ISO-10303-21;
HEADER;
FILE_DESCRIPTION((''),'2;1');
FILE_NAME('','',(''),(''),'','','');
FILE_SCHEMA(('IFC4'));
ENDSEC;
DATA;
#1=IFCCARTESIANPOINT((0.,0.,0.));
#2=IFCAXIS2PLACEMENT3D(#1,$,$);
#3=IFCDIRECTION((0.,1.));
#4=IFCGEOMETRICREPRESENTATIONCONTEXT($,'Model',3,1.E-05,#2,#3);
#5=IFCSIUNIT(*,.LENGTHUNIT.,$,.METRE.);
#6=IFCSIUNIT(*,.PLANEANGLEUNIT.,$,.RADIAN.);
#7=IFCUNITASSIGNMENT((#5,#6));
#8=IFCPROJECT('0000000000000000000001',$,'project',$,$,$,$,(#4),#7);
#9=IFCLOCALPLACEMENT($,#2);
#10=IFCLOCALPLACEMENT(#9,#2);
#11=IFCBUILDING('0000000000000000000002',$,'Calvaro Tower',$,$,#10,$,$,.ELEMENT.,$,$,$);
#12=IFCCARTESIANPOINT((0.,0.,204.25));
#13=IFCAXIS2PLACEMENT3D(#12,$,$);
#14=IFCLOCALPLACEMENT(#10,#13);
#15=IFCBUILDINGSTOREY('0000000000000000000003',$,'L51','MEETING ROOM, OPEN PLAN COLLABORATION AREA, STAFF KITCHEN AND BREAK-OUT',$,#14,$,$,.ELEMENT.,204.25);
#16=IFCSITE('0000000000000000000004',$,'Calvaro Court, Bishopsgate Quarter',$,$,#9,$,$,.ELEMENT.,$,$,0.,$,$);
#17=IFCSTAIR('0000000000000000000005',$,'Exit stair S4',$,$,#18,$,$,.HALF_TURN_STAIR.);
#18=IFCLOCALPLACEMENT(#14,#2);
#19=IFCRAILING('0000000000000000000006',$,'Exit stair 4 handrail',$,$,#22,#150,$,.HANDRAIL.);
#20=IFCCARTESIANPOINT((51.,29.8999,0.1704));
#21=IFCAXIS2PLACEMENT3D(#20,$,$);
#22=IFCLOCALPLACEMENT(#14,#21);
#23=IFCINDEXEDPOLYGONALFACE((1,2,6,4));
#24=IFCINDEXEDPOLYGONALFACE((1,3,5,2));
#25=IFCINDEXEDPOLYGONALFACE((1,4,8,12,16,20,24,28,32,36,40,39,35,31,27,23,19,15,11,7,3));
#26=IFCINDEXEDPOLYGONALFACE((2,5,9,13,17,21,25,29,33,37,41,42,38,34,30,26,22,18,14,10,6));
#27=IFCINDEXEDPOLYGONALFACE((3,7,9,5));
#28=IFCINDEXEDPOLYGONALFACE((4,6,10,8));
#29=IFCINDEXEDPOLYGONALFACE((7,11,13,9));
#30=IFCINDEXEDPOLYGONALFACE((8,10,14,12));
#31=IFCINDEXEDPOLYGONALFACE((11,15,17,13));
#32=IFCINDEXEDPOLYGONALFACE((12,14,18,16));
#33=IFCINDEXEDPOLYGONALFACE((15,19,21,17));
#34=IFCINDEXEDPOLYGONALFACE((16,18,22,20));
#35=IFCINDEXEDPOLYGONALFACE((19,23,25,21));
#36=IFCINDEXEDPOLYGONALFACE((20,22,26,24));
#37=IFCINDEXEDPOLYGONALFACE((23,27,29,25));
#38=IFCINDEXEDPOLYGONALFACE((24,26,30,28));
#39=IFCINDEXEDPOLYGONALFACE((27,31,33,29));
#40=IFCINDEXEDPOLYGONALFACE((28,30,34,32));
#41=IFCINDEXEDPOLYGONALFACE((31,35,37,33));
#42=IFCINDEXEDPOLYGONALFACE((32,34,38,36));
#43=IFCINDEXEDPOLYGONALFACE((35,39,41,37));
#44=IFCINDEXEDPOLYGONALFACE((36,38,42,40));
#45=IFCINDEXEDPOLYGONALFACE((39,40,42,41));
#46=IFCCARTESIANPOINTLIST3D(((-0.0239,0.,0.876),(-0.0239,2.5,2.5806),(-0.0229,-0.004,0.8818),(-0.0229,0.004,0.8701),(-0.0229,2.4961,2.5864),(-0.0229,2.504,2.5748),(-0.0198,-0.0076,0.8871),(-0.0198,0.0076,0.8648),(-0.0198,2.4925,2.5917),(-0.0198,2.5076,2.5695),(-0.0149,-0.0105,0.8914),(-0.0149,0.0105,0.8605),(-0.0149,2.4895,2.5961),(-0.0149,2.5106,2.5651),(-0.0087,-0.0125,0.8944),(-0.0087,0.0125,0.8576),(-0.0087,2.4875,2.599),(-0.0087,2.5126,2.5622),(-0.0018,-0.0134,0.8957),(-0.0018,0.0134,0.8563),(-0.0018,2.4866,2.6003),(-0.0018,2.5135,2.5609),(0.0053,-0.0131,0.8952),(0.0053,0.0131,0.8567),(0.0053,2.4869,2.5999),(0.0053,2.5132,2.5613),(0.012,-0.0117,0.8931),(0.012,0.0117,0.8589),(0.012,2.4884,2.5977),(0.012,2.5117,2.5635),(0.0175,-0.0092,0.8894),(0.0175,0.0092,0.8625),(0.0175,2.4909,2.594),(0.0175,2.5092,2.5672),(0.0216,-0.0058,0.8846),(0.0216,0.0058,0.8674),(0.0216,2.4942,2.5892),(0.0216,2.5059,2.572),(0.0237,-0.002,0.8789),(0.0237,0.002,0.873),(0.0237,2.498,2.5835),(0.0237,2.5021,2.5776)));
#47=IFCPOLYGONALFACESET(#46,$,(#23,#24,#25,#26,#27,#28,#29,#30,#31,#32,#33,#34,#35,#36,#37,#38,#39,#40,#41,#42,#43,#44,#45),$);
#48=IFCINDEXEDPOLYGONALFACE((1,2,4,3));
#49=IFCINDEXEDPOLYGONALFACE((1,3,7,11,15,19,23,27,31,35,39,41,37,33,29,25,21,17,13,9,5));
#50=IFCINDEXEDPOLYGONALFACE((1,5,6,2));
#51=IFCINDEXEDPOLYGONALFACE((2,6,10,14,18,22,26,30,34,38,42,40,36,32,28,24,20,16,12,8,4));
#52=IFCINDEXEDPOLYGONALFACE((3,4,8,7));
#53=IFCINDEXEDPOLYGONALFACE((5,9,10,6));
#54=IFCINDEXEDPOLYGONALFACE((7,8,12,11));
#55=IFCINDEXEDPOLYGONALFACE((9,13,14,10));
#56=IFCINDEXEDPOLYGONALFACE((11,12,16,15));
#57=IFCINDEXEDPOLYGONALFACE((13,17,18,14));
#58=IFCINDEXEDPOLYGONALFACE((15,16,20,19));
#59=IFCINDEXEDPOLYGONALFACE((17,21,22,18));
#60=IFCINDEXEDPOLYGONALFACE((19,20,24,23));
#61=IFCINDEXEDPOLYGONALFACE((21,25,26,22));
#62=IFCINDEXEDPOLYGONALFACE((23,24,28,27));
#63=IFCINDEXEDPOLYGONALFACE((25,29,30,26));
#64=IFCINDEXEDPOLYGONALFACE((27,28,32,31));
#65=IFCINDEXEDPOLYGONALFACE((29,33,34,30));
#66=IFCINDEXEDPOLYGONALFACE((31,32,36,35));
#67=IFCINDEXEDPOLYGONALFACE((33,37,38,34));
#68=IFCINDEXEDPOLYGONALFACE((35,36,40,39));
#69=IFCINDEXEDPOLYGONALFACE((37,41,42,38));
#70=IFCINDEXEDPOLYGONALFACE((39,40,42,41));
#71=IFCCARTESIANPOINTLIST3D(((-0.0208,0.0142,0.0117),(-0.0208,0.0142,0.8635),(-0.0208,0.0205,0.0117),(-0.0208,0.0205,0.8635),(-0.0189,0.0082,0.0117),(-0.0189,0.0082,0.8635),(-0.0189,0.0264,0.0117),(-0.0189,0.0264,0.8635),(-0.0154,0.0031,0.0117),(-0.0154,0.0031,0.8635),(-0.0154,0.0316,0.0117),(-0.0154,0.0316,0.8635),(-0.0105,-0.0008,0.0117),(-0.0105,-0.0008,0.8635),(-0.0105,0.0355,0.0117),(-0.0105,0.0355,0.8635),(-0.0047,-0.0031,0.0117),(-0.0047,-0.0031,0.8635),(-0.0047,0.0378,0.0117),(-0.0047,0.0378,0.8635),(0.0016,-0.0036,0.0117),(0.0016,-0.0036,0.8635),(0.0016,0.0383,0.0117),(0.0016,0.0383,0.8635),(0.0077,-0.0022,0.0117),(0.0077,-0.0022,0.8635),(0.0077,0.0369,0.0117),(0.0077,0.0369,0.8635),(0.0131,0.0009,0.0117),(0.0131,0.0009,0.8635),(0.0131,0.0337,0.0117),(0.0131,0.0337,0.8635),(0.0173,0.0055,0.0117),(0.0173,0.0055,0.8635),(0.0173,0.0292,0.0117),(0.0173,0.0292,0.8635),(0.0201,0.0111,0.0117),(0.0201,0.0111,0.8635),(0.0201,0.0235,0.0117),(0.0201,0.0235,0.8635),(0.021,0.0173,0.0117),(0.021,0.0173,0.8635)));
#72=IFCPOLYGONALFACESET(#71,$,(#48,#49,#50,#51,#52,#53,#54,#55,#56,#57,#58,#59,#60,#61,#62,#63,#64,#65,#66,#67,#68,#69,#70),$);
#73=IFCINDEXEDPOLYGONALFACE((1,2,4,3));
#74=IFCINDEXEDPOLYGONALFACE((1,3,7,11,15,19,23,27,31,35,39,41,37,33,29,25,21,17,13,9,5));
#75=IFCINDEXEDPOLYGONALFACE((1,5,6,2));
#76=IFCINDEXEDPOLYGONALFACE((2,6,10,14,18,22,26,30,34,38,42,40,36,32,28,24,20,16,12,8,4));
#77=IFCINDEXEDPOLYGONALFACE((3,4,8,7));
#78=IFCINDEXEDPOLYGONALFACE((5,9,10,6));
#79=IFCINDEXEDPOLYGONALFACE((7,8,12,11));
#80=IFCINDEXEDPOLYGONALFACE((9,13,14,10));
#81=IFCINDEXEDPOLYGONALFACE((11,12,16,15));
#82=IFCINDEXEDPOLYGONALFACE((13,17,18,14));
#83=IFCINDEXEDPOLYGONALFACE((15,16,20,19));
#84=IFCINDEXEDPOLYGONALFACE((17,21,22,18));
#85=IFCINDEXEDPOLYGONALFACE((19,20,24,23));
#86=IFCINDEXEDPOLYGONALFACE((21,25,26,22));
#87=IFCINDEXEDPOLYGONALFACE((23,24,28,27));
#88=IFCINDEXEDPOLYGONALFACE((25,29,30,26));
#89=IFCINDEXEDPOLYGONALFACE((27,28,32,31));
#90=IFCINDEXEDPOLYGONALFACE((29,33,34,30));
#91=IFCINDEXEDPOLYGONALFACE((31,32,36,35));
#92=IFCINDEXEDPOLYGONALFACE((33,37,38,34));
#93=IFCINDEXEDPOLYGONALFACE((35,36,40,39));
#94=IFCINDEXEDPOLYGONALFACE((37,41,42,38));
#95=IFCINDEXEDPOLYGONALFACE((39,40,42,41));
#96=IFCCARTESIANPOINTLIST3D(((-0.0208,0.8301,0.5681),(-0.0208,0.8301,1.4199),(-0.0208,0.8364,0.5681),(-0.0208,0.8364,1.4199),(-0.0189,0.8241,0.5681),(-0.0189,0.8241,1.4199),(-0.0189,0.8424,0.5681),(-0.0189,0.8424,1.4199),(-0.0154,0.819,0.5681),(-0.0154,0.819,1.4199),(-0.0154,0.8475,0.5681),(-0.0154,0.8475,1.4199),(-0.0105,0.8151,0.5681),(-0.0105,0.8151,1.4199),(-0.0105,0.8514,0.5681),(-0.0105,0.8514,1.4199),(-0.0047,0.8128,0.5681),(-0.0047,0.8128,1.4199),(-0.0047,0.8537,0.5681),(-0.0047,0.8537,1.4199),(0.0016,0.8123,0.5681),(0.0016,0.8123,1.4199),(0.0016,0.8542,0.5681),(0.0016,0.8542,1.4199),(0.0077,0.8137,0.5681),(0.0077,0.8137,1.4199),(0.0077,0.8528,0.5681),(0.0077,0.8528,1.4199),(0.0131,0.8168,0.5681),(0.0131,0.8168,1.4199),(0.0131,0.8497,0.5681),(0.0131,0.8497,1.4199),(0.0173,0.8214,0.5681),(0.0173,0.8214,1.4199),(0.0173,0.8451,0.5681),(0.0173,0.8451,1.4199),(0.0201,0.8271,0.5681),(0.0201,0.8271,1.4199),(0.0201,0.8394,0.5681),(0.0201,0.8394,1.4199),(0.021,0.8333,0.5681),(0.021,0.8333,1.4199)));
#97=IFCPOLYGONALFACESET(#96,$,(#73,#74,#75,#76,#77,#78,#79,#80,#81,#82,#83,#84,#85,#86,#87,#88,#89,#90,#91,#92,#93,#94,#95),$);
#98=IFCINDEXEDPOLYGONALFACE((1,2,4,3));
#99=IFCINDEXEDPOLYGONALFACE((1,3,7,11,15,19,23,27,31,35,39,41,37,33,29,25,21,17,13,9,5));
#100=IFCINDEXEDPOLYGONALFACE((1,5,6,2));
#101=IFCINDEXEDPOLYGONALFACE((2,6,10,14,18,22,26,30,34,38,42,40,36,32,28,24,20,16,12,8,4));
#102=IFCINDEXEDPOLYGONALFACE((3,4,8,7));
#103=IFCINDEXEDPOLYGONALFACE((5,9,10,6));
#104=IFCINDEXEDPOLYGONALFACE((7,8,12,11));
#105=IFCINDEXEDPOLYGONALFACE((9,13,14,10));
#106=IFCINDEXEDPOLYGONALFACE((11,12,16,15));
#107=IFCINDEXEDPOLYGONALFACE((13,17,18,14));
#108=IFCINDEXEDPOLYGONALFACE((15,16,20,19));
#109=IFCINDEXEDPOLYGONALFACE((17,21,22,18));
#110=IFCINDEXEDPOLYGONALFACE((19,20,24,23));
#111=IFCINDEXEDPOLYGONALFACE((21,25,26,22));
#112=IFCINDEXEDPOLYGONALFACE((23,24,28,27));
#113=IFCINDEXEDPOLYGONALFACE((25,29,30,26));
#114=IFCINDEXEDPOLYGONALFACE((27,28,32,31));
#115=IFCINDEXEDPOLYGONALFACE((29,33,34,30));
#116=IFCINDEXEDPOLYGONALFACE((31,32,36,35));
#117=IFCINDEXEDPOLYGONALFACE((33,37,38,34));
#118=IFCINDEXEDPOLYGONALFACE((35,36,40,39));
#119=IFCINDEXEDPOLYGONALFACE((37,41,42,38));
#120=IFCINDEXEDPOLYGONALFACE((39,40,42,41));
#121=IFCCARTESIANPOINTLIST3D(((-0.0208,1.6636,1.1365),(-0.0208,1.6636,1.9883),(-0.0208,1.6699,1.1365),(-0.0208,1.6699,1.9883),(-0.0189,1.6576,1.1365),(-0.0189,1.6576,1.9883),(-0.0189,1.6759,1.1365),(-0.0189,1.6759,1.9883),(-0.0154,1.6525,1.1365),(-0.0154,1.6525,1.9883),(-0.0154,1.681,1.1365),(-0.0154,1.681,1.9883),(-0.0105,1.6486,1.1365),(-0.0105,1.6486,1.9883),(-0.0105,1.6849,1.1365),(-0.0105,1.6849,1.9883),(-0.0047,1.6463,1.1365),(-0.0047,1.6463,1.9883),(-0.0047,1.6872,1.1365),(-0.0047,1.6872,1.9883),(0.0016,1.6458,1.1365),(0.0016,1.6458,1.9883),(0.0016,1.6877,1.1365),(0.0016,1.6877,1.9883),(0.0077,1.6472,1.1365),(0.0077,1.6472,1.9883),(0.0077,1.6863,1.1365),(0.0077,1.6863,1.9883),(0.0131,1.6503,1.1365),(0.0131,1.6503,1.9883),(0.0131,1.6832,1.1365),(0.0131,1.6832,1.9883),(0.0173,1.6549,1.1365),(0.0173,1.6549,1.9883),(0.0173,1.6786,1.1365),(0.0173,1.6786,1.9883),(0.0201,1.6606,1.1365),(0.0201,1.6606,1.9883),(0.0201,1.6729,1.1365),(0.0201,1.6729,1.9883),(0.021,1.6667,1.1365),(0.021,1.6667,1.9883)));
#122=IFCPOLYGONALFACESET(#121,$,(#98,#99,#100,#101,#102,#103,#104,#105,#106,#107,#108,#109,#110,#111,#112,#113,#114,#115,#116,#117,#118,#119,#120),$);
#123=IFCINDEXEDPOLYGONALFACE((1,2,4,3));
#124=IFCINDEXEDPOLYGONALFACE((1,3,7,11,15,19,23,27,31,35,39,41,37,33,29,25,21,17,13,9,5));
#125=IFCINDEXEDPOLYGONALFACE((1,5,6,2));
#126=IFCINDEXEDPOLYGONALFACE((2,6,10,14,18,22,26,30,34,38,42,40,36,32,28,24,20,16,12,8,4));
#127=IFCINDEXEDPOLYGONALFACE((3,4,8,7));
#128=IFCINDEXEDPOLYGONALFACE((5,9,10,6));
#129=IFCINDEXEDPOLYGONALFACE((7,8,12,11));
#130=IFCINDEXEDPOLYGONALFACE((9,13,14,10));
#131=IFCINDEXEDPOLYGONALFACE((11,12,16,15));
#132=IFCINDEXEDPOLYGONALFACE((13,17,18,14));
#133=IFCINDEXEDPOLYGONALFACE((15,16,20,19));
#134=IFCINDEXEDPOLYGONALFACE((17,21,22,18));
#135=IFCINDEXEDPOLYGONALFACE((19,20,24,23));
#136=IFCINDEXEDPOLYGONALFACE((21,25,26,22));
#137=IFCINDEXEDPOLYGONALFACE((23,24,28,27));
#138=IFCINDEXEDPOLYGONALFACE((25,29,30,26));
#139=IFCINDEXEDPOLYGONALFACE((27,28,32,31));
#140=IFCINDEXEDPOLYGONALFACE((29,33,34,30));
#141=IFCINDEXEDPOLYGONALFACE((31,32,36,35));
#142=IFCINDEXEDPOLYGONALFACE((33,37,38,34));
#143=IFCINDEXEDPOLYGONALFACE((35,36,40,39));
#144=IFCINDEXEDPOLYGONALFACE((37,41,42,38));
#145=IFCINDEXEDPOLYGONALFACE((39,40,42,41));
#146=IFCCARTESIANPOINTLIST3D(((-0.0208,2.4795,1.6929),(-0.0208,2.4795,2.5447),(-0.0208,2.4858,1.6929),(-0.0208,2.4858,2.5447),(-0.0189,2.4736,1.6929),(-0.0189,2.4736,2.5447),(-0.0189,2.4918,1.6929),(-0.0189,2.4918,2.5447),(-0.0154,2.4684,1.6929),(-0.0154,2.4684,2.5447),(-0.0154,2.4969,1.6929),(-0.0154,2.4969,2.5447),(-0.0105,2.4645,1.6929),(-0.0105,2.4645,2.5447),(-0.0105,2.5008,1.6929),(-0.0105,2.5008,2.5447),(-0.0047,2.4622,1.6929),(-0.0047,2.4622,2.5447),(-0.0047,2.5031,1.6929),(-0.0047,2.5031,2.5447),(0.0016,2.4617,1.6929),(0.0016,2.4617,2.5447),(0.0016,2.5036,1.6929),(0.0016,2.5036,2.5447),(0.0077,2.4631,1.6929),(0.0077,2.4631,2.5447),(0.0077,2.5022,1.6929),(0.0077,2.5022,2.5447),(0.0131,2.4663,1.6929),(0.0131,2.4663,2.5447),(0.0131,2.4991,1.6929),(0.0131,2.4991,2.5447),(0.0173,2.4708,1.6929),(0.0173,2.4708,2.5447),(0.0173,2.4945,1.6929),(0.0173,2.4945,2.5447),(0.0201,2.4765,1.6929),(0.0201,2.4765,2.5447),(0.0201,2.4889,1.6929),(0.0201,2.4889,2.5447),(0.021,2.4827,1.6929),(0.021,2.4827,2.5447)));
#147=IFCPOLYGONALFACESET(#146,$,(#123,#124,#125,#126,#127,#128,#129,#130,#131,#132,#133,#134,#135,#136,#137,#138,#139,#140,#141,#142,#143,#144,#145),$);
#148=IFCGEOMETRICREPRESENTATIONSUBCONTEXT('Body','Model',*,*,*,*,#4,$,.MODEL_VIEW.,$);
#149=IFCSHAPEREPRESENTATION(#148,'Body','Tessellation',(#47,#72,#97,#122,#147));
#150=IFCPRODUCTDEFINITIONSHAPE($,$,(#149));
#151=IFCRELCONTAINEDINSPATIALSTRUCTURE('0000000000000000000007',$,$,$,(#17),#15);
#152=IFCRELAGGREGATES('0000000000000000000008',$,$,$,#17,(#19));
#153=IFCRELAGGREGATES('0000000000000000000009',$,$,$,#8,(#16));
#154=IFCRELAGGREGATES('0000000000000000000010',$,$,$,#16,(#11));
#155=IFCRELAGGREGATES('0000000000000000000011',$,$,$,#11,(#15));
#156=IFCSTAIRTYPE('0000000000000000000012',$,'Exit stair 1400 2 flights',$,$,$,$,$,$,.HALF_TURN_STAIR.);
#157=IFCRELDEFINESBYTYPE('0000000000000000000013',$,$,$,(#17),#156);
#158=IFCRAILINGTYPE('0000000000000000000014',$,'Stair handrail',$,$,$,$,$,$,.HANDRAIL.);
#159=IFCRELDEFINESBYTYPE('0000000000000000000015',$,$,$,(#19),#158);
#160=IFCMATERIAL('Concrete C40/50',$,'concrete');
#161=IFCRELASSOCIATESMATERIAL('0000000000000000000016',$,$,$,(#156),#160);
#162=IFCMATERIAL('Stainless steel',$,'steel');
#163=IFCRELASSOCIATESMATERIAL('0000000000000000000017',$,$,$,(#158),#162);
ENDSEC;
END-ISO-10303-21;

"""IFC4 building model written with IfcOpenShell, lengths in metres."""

from ifc_helpers import new_model, si_unit, direction, frame, origin, origin_2d, place, context, subcontext, project, spatial, circle, extrude, material, type_object, element, aggregate, save


model = new_model("IFC4")

# Units and contexts
model_context = context("Model", 3, precision=1e-05, world=origin(), true_north=direction((0.0, 1.0)))
body_context = subcontext(model_context, "Body", "Model", "MODEL_VIEW")
ifc_project = project(units=[si_unit("LENGTHUNIT", "METRE"), si_unit("PLANEANGLEUNIT", "RADIAN")], contexts=[model_context])

# Site, building, storey
site_placement = place(None, origin())
site = spatial("IfcSite", under=ifc_project, at=site_placement, Name="Calvaro Court, Bishopsgate Quarter", CompositionType="ELEMENT", RefElevation=0.0)
building_placement = place(site_placement, origin())
building = spatial("IfcBuilding", under=site, at=building_placement, Name="Calvaro Tower", CompositionType="ELEMENT")
storey_placement = place(building_placement, frame((0.0, 0.0, 204.25)))
storey = spatial("IfcBuildingStorey", under=building, at=storey_placement, Name="L51", Description="MEETING ROOM, OPEN PLAN COLLABORATION AREA, STAFF KITCHEN AND BREAK-OUT", CompositionType="ELEMENT", Elevation=204.25)

# Stair
ifc_material_1 = material(Name="Concrete C40/50", Category="concrete")
stair_type = type_object("IfcStairType", Name="Exit stair 1400 2 flights", PredefinedType="HALF_TURN_STAIR", material=ifc_material_1)
stair_1_placement = place(storey_placement, origin())
stair_1 = element("IfcStair", 1, at=stair_1_placement, inside=storey, type_object=stair_type, Name="Exit stair S4", PredefinedType="HALF_TURN_STAIR")

# Railing
ifc_material_2 = material(Name="Stainless steel", Category="steel")
railing_type = type_object("IfcRailingType", Name="Stair handrail", PredefinedType="HANDRAIL", material=ifc_material_2)
railing_1_placement = place(storey_placement, frame((51.0, 29.8999, 0.1704)))
railing_1 = element("IfcRailing", 2, at=railing_1_placement, type_object=railing_type, Name="Exit stair 4 handrail", PredefinedType="HANDRAIL", context=body_context, shape_type="SweptSolid", body=[
    extrude(circle(Radius=0.0239, at=origin_2d()), frame((0.0, 0.0, 0.876), z_axis=(0.0, 0.826221, 0.563347), x_axis=(-1.0, 0.0, 0.0)), (0.0, 0.0, 1.0), 3.0259),
    extrude(circle(Radius=0.021, at=origin_2d()), frame((0.0, 0.0173, 0.0117)), (0.0, 0.0, 1.0), 0.8518),
    extrude(circle(Radius=0.021, at=origin_2d()), frame((0.0, 0.8333, 0.5681)), (0.0, 0.0, 1.0), 0.8518),
    extrude(circle(Radius=0.021, at=origin_2d()), frame((0.0, 1.6667, 1.1365)), (0.0, 0.0, 1.0), 0.8518),
    extrude(circle(Radius=0.021, at=origin_2d()), frame((0.0, 2.4827, 1.6929)), (0.0, 0.0, 1.0), 0.8518),
])
aggregate(stair_1, [railing_1])

save(model, "model.ifc")
